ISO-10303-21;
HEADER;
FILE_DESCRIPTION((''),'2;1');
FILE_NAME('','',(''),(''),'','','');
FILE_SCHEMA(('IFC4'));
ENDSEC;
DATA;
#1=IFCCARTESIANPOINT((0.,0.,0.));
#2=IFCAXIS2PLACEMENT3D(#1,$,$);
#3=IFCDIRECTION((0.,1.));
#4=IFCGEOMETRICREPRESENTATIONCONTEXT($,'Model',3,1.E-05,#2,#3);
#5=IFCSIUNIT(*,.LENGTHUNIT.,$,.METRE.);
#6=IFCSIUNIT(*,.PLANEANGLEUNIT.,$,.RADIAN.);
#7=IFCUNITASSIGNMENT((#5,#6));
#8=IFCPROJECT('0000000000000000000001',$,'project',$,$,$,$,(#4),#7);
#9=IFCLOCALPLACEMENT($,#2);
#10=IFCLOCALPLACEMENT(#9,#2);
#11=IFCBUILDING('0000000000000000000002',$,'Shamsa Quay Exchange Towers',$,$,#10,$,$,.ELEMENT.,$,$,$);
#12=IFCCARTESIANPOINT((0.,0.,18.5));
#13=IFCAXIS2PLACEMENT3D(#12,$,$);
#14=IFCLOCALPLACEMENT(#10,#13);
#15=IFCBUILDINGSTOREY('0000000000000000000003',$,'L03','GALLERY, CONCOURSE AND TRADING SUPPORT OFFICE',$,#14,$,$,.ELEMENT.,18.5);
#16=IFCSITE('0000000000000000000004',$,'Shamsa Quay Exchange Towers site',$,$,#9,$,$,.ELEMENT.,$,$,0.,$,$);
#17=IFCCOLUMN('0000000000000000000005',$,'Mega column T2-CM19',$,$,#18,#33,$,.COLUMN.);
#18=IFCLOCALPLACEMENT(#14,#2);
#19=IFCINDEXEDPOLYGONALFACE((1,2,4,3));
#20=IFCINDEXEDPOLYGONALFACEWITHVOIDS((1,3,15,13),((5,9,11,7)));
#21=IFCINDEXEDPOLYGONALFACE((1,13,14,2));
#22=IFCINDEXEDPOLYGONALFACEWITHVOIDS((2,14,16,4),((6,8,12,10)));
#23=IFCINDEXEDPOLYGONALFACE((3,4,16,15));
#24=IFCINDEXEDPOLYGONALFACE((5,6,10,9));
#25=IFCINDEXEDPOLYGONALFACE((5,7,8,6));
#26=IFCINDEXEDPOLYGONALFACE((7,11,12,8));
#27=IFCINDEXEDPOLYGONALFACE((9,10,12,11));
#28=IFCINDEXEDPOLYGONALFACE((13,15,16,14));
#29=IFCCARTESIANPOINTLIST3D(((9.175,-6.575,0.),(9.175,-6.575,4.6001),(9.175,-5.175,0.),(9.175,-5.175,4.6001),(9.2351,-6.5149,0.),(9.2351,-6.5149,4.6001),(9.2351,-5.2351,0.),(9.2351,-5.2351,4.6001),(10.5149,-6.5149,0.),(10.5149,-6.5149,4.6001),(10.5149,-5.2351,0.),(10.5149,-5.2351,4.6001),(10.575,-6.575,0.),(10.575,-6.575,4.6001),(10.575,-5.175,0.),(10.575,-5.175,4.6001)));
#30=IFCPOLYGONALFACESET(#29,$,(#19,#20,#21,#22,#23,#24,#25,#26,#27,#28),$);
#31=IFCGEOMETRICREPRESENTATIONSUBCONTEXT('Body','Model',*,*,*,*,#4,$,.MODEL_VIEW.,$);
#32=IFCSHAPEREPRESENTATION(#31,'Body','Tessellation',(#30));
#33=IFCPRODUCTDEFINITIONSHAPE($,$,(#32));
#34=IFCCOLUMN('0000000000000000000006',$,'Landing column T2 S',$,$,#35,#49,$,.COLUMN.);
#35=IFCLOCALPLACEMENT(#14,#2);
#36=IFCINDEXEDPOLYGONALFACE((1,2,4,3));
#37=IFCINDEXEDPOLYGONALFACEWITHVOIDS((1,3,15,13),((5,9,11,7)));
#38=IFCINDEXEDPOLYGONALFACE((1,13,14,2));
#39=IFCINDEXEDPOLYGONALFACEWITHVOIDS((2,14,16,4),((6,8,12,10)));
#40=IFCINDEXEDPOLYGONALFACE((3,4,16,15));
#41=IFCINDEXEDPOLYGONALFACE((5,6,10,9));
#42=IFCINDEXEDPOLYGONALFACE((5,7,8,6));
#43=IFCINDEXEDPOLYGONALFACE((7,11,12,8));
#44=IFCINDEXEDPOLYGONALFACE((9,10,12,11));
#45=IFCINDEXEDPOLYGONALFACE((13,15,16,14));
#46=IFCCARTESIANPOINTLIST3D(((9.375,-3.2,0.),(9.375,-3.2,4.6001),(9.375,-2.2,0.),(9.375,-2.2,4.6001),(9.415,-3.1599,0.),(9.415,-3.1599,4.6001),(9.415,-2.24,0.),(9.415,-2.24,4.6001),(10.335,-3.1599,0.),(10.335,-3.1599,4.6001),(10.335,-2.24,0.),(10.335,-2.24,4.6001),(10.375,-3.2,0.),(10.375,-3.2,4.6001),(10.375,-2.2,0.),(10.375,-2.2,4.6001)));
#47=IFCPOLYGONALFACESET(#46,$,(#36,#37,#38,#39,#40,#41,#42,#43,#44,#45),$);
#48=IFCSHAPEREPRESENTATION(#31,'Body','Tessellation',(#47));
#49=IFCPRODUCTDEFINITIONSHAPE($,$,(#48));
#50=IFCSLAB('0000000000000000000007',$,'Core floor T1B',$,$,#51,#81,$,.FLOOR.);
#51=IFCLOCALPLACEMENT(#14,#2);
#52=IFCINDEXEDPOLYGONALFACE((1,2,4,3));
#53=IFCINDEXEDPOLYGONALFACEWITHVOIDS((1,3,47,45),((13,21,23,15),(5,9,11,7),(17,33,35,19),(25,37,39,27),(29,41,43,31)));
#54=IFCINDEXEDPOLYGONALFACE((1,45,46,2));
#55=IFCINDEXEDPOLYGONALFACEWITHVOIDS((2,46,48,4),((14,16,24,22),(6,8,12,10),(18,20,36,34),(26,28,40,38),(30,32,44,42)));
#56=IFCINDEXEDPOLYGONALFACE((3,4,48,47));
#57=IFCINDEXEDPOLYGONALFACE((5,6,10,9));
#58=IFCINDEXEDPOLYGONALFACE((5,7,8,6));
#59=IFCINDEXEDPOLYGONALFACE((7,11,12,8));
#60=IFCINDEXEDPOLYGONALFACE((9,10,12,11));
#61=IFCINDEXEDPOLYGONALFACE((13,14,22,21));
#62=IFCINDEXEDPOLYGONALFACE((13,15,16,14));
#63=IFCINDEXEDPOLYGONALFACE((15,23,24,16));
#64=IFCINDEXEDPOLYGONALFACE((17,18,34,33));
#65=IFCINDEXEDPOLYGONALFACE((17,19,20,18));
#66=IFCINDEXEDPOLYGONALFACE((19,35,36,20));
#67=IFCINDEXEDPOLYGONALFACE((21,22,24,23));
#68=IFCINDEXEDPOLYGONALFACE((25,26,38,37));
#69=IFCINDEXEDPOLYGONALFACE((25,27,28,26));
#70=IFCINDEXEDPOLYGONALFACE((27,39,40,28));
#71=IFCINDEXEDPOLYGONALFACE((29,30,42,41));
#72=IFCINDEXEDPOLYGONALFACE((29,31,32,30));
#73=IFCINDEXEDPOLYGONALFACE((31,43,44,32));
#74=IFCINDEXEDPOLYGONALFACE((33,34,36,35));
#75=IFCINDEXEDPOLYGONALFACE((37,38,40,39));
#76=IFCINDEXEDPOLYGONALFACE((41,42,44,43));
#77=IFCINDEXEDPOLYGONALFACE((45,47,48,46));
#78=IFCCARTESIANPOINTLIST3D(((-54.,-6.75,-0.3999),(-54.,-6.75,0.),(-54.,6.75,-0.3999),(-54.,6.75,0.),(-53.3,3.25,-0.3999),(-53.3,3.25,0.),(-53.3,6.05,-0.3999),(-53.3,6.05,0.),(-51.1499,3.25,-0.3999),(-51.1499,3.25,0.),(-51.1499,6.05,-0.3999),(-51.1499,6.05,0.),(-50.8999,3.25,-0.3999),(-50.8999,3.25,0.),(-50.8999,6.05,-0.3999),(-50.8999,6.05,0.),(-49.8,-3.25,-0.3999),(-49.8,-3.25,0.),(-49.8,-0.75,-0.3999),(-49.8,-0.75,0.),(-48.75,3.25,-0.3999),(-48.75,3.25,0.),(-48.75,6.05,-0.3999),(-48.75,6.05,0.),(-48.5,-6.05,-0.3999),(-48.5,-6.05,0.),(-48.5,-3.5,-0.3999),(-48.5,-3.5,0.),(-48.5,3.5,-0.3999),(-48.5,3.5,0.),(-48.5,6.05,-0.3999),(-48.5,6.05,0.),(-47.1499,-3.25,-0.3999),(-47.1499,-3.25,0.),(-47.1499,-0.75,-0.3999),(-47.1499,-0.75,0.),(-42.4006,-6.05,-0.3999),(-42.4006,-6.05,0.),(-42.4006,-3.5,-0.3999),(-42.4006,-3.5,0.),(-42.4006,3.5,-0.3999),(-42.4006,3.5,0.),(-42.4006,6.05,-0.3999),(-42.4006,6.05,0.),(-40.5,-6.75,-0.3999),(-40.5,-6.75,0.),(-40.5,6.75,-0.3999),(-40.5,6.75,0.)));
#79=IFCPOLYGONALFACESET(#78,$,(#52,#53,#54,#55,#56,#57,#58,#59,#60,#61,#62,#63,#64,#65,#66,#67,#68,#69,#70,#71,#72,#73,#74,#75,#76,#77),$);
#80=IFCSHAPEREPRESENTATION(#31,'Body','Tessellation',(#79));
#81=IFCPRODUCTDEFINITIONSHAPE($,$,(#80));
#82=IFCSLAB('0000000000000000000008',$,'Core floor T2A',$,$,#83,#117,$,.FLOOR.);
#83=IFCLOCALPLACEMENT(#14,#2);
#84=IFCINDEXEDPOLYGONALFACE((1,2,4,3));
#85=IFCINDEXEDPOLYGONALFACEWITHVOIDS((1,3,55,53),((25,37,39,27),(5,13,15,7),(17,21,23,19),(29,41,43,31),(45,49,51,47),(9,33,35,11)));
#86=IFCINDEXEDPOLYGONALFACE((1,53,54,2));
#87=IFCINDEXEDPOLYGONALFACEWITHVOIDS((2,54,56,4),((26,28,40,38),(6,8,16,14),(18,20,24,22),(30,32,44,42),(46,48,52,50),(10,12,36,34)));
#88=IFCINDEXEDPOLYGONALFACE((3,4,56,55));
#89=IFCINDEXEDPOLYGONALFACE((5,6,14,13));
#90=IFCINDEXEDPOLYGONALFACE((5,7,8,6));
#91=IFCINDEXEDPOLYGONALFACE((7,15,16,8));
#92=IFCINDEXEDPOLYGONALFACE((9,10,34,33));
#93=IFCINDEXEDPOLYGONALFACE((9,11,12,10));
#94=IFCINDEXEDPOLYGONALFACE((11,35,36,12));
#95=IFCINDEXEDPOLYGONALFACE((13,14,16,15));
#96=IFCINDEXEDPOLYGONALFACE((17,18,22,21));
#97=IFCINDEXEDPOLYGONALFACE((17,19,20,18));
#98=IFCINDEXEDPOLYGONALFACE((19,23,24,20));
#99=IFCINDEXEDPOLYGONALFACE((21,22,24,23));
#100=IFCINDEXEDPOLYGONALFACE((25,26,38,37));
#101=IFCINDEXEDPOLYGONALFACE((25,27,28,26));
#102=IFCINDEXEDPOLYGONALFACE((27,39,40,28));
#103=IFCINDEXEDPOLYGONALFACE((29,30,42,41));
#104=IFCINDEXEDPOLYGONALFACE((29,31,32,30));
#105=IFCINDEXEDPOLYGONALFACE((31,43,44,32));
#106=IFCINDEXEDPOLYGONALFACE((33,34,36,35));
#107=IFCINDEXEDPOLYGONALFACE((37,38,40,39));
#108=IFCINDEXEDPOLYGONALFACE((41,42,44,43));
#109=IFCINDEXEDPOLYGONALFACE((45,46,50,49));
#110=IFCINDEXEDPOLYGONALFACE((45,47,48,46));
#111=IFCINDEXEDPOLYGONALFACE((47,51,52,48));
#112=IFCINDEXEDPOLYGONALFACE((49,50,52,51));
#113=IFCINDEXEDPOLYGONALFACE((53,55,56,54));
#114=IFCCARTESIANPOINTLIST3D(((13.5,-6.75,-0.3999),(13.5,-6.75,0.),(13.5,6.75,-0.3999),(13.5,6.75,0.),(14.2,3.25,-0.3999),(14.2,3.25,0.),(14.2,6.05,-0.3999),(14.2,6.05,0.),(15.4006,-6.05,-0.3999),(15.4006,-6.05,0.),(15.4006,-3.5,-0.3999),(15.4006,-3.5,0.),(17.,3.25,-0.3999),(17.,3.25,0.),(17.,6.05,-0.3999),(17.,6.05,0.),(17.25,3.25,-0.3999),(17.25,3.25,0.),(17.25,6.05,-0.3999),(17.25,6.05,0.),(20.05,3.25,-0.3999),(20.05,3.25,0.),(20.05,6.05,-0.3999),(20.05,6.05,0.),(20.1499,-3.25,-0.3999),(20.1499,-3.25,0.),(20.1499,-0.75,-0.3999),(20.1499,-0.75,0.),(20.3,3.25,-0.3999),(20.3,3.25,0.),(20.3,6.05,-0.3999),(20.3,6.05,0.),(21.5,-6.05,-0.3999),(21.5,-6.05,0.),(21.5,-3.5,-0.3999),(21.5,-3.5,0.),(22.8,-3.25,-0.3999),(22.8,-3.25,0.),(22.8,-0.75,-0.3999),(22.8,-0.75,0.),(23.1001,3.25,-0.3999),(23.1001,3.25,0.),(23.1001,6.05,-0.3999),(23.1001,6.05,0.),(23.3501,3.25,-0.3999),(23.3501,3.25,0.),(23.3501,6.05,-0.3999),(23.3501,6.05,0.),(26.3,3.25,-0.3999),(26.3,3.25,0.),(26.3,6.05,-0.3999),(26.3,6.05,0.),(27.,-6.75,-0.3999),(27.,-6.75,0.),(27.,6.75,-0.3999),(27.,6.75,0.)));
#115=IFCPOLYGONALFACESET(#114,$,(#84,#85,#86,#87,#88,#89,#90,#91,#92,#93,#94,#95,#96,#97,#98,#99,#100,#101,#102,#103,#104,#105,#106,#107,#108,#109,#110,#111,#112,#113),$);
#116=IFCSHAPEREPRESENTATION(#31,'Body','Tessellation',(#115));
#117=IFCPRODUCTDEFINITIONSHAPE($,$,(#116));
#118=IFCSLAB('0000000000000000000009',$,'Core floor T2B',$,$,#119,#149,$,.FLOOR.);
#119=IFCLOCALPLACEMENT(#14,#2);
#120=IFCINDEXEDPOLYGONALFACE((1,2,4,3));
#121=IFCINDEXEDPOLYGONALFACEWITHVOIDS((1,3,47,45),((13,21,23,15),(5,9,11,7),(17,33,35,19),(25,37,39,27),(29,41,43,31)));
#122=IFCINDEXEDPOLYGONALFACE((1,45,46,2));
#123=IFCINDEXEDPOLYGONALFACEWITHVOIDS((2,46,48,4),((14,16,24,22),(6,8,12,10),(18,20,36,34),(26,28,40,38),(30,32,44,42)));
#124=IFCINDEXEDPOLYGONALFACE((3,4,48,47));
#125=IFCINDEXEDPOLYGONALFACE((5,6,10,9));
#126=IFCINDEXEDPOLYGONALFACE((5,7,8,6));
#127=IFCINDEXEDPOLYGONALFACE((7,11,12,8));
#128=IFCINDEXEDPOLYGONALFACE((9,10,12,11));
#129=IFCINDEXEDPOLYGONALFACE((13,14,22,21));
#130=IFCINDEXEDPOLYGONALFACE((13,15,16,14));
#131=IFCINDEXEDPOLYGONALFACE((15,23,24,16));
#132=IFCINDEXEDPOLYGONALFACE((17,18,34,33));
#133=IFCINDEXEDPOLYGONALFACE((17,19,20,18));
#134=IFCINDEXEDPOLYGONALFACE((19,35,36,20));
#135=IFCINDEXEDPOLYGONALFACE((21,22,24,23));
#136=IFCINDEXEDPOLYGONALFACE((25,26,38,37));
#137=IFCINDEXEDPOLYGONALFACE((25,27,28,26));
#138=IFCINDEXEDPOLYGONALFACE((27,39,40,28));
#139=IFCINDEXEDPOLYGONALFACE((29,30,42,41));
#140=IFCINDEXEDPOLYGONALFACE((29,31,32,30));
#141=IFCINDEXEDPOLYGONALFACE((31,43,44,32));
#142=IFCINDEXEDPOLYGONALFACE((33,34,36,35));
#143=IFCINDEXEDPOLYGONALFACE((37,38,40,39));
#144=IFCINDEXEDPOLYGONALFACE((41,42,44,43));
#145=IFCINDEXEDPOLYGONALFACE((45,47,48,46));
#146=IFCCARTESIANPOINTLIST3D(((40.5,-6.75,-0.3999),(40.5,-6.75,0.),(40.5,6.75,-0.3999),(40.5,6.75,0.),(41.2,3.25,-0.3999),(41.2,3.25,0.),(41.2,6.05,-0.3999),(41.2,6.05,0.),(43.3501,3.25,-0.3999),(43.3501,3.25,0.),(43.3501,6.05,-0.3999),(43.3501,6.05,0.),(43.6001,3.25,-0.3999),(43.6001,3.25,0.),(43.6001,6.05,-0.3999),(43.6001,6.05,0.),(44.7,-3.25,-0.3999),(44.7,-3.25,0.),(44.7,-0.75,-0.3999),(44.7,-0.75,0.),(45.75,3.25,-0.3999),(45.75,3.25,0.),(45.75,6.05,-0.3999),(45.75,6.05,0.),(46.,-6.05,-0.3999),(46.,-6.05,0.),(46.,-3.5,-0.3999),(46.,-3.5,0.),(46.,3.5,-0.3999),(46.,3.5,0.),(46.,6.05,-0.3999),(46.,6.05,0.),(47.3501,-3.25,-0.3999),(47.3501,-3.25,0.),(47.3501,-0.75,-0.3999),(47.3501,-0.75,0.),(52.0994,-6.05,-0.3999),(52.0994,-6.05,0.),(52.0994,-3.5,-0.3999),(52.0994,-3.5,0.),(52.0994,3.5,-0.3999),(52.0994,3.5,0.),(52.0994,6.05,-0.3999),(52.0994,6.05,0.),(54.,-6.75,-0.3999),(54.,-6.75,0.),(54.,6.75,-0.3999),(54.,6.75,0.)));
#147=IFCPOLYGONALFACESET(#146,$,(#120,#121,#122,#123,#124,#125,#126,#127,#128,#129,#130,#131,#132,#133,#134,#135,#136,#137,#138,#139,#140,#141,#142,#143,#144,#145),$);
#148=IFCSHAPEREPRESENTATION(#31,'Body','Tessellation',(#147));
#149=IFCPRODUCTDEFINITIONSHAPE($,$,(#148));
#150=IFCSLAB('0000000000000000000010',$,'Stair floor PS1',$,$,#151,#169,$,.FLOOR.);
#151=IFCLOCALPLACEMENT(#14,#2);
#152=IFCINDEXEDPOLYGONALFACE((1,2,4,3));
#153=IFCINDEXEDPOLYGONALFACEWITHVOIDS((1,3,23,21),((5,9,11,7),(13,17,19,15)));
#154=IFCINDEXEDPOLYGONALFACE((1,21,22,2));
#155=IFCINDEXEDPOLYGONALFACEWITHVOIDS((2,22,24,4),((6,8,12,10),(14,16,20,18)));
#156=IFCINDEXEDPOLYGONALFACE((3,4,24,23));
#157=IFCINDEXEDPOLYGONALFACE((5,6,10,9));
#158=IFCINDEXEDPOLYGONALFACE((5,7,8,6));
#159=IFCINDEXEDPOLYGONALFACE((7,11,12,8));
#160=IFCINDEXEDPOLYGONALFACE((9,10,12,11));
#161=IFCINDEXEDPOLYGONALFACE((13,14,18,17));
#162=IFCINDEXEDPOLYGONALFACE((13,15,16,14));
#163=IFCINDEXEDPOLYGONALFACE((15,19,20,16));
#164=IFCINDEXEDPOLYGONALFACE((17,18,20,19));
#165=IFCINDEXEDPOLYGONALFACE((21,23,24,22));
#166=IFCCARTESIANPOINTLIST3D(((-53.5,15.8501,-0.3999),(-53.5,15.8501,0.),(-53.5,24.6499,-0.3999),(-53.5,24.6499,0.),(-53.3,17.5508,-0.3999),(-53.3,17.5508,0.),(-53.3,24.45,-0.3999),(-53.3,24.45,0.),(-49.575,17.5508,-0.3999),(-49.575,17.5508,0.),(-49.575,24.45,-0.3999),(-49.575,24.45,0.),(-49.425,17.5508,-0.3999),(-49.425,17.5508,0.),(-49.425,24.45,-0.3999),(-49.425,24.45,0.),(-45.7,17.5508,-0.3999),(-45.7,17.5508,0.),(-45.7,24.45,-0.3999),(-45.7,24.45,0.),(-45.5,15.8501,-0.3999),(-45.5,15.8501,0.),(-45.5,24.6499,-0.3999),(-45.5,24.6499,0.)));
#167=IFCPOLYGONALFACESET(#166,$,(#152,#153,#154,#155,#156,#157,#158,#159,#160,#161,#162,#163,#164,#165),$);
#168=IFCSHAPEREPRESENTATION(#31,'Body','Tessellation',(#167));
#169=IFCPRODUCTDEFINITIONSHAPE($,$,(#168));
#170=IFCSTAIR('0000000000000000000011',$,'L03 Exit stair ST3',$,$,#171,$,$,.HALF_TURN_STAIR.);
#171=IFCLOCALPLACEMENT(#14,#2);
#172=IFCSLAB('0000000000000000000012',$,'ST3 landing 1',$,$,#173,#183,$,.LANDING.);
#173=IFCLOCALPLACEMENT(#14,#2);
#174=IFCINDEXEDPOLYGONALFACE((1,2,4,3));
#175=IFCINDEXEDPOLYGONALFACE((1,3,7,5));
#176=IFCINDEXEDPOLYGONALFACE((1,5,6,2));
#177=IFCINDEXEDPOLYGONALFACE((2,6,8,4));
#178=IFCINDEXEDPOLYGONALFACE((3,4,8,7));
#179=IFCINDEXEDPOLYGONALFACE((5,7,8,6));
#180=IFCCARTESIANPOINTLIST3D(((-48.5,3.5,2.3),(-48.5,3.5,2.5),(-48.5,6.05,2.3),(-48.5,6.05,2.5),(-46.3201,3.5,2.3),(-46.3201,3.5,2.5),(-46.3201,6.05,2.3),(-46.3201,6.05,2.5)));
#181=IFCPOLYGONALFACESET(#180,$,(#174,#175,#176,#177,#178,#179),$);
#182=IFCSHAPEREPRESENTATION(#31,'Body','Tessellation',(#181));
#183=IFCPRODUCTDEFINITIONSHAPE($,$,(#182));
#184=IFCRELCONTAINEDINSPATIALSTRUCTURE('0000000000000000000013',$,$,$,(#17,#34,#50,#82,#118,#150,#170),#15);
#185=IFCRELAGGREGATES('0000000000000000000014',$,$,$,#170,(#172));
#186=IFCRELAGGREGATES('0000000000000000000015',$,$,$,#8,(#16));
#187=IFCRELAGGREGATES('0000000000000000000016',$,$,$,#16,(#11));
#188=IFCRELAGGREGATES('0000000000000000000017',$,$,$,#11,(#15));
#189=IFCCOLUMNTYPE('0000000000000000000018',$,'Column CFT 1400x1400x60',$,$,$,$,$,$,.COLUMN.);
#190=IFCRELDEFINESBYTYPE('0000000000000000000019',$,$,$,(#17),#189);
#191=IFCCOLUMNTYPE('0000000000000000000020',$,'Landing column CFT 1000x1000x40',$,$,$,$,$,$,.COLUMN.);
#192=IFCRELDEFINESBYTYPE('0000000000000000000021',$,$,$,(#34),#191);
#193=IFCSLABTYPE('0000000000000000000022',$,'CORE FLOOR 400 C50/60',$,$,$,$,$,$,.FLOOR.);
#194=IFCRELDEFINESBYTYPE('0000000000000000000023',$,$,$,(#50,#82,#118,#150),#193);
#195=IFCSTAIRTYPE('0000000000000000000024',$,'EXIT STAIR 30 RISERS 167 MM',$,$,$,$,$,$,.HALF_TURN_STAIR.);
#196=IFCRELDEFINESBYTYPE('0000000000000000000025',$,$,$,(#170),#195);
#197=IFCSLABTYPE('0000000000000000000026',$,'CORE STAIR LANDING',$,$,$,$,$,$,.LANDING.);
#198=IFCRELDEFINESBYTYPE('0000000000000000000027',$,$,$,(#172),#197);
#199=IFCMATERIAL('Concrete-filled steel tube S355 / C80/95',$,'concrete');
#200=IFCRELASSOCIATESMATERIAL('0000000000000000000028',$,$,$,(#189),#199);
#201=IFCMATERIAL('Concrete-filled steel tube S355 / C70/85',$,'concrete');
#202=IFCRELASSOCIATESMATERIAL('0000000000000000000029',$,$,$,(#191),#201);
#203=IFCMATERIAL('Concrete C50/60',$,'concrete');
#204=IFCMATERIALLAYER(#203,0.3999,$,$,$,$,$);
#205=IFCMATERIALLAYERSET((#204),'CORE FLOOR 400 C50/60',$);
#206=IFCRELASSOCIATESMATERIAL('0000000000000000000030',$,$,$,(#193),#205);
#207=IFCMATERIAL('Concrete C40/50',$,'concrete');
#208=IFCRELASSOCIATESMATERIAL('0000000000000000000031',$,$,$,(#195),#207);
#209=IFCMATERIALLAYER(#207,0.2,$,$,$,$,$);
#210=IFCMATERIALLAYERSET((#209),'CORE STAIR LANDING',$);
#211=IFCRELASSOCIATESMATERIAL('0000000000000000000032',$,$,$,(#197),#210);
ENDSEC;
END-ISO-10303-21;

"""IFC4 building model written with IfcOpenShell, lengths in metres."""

from ifc_helpers import new_model, si_unit, direction, frame, origin, origin_2d, place, context, subcontext, project, spatial, polyline, hollow_rectangle, outline, extrude, material, layer, layer_set, material_profile, profile_set, type_object, element, aggregate, save


model = new_model("IFC4")

# Units and contexts
model_context = context("Model", 3, precision=1e-05, world=origin(), true_north=direction((0.0, 1.0)))
body_context = subcontext(model_context, "Body", "Model", "MODEL_VIEW")
ifc_project = project(units=[si_unit("LENGTHUNIT", "METRE"), si_unit("PLANEANGLEUNIT", "RADIAN")], contexts=[model_context])

# Site, building, storey
site_placement = place(None, origin())
site = spatial("IfcSite", under=ifc_project, at=site_placement, Name="Shamsa Quay Exchange Towers site", CompositionType="ELEMENT", RefElevation=0.0)
building_placement = place(site_placement, origin())
building = spatial("IfcBuilding", under=site, at=building_placement, Name="Shamsa Quay Exchange Towers", CompositionType="ELEMENT")
storey_placement = place(building_placement, frame((0.0, 0.0, 18.5)))
storey = spatial("IfcBuildingStorey", under=building, at=storey_placement, Name="L03", Description="GALLERY, CONCOURSE AND TRADING SUPPORT OFFICE", CompositionType="ELEMENT", Elevation=18.5)

# Columns
ifc_material_1 = material(Name="Concrete-filled steel tube S355 / C80/95", Category="concrete")
ifc_material_profile_1 = material_profile(ifc_material_1, hollow_rectangle(XDim=1.3999, YDim=1.3999, WallThickness=0.0601, at=origin_2d()), Name="CFT 1400x1400x60")
ifc_profile_set_1 = profile_set([ifc_material_profile_1], Name="Concrete-filled steel tube S355 / C80/95")
column_type_1 = type_object("IfcColumnType", Name="Column CFT 1400x1400x60", PredefinedType="COLUMN", material=ifc_profile_set_1)
column_1_placement = place(storey_placement, frame((9.875, -5.875, 0.0)))
element("IfcColumn", 1, at=column_1_placement, inside=storey, type_object=column_type_1, Name="Mega column T2-CM19", PredefinedType="COLUMN", context=body_context, shape_type="SweptSolid", body=[
    extrude(hollow_rectangle(XDim=1.3999, YDim=1.3999, WallThickness=0.0601, at=origin_2d()), origin(), (0.0, 0.0, 1.0), 4.6001),
])
ifc_material_2 = material(Name="Concrete-filled steel tube S355 / C70/85", Category="concrete")
ifc_material_profile_2 = material_profile(ifc_material_2, hollow_rectangle(XDim=1.0, YDim=1.0, WallThickness=0.04, at=origin_2d()), Name="CFT 1000x1000x40")
ifc_profile_set_2 = profile_set([ifc_material_profile_2], Name="Concrete-filled steel tube S355 / C70/85")
column_type_2 = type_object("IfcColumnType", Name="Landing column CFT 1000x1000x40", PredefinedType="COLUMN", material=ifc_profile_set_2)
column_2_placement = place(storey_placement, frame((9.875, -2.7, 0.0)))
element("IfcColumn", 2, at=column_2_placement, inside=storey, type_object=column_type_2, Name="Landing column T2 S", PredefinedType="COLUMN", context=body_context, shape_type="SweptSolid", body=[
    extrude(hollow_rectangle(XDim=1.0, YDim=1.0, WallThickness=0.04, at=origin_2d()), origin(), (0.0, 0.0, 1.0), 4.6001),
])

# Slabs
ifc_material_3 = material(Name="Concrete C50/60", Category="concrete")
ifc_layer_1 = layer(ifc_material_3, 0.3999)
ifc_layer_set_1 = layer_set([ifc_layer_1], Name="CORE FLOOR 400 C50/60")
slab_type_1 = type_object("IfcSlabType", Name="CORE FLOOR 400 C50/60", PredefinedType="FLOOR", material=ifc_layer_set_1)
slab_1_placement = place(storey_placement, frame((0.0, 0.0, -0.3999)))
element("IfcSlab", 3, at=slab_1_placement, inside=storey, type_object=slab_type_1, Name="Core floor T1B", PredefinedType="FLOOR", context=body_context, shape_type="SweptSolid", body=[
    extrude(outline(polyline([(-40.5, -6.75), (-40.5, 6.75), (-54.0, 6.75), (-54.0, -6.75), (-40.5, -6.75)]), holes=[polyline([(-42.4006, -3.5), (-42.4006, -6.05), (-48.5, -6.05), (-48.5, -3.5), (-42.4006, -3.5)]), polyline([(-42.4006, 6.05), (-42.4006, 3.5), (-48.5, 3.5), (-48.5, 6.05), (-42.4006, 6.05)]), polyline([(-48.75, 3.25), (-50.8999, 3.25), (-50.8999, 6.05), (-48.75, 6.05), (-48.75, 3.25)]), polyline([(-51.1499, 3.25), (-53.3, 3.25), (-53.3, 6.05), (-51.1499, 6.05), (-51.1499, 3.25)]), polyline([(-47.1499, -3.25), (-49.8, -3.25), (-49.8, -0.75), (-47.1499, -0.75), (-47.1499, -3.25)])]), origin(), (0.0, 0.0, 1.0), 0.3999),
])
slab_2_placement = place(storey_placement, frame((0.0, 0.0, -0.3999)))
element("IfcSlab", 4, at=slab_2_placement, inside=storey, type_object=slab_type_1, Name="Core floor T2A", PredefinedType="FLOOR", context=body_context, shape_type="SweptSolid", body=[
    extrude(outline(polyline([(13.5, -6.75), (27.0, -6.75), (27.0, 6.75), (13.5, 6.75), (13.5, -6.75)]), holes=[polyline([(15.4006, -6.05), (15.4006, -3.5), (21.5, -3.5), (21.5, -6.05), (15.4006, -6.05)]), polyline([(14.2, 3.25), (14.2, 6.05), (17.0, 6.05), (17.0, 3.25), (14.2, 3.25)]), polyline([(17.25, 3.25), (17.25, 6.05), (20.05, 6.05), (20.05, 3.25), (17.25, 3.25)]), polyline([(20.3, 3.25), (20.3, 6.05), (23.1001, 6.05), (23.1001, 3.25), (20.3, 3.25)]), polyline([(23.3501, 3.25), (23.3501, 6.05), (26.3, 6.05), (26.3, 3.25), (23.3501, 3.25)]), polyline([(20.1499, -3.25), (20.1499, -0.75), (22.8, -0.75), (22.8, -3.25), (20.1499, -3.25)])]), origin(), (0.0, 0.0, 1.0), 0.3999),
])
slab_3_placement = place(storey_placement, frame((0.0, 0.0, -0.3999)))
element("IfcSlab", 5, at=slab_3_placement, inside=storey, type_object=slab_type_1, Name="Core floor T2B", PredefinedType="FLOOR", context=body_context, shape_type="SweptSolid", body=[
    extrude(outline(polyline([(54.0, -6.75), (54.0, 6.75), (40.5, 6.75), (40.5, -6.75), (54.0, -6.75)]), holes=[polyline([(52.0994, -3.5), (52.0994, -6.05), (46.0, -6.05), (46.0, -3.5), (52.0994, -3.5)]), polyline([(52.0994, 6.05), (52.0994, 3.5), (46.0, 3.5), (46.0, 6.05), (52.0994, 6.05)]), polyline([(45.75, 3.25), (43.6001, 3.25), (43.6001, 6.05), (45.75, 6.05), (45.75, 3.25)]), polyline([(43.3501, 3.25), (41.2, 3.25), (41.2, 6.05), (43.3501, 6.05), (43.3501, 3.25)]), polyline([(47.3501, -3.25), (44.7, -3.25), (44.7, -0.75), (47.3501, -0.75), (47.3501, -3.25)])]), origin(), (0.0, 0.0, 1.0), 0.3999),
])
slab_4_placement = place(storey_placement, frame((0.0, 0.0, -0.3999)))
element("IfcSlab", 6, at=slab_4_placement, inside=storey, type_object=slab_type_1, Name="Stair floor PS1", PredefinedType="FLOOR", context=body_context, shape_type="SweptSolid", body=[
    extrude(outline(polyline([(-53.5, 15.8501), (-45.5, 15.8501), (-45.5, 24.6499), (-53.5, 24.6499), (-53.5, 15.8501)]), holes=[polyline([(-49.575, 17.5508), (-53.3, 17.5508), (-53.3, 24.45), (-49.575, 24.45), (-49.575, 17.5508)]), polyline([(-45.7, 17.5508), (-49.425, 17.5508), (-49.425, 24.45), (-45.7, 24.45), (-45.7, 17.5508)])]), origin(), (0.0, 0.0, 1.0), 0.3999),
])

# Stair, slab
ifc_material_4 = material(Name="Concrete C40/50", Category="concrete")
stair_type_1 = type_object("IfcStairType", Name="EXIT STAIR 30 RISERS 167 MM", PredefinedType="HALF_TURN_STAIR", material=ifc_material_4)
stair_1_placement = place(storey_placement, origin())
stair_1 = element("IfcStair", 7, at=stair_1_placement, inside=storey, type_object=stair_type_1, Name="L03 Exit stair ST3", PredefinedType="HALF_TURN_STAIR")
ifc_layer_2 = layer(ifc_material_4, 0.2)
ifc_layer_set_2 = layer_set([ifc_layer_2], Name="CORE STAIR LANDING")
slab_type_2 = type_object("IfcSlabType", Name="CORE STAIR LANDING", PredefinedType="LANDING", material=ifc_layer_set_2)
slab_5_placement = place(storey_placement, frame((0.0, 0.0, 2.3)))
slab_5 = element("IfcSlab", 8, at=slab_5_placement, type_object=slab_type_2, Name="ST3 landing 1", PredefinedType="LANDING", context=body_context, shape_type="SweptSolid", body=[
    extrude(outline(polyline([(-46.3201, 6.05), (-48.5, 6.05), (-48.5, 3.5), (-46.3201, 3.5), (-46.3201, 6.05)])), origin(), (0.0, 0.0, 1.0), 0.2),
])
aggregate(stair_1, [slab_5])

save(model, "model.ifc")
